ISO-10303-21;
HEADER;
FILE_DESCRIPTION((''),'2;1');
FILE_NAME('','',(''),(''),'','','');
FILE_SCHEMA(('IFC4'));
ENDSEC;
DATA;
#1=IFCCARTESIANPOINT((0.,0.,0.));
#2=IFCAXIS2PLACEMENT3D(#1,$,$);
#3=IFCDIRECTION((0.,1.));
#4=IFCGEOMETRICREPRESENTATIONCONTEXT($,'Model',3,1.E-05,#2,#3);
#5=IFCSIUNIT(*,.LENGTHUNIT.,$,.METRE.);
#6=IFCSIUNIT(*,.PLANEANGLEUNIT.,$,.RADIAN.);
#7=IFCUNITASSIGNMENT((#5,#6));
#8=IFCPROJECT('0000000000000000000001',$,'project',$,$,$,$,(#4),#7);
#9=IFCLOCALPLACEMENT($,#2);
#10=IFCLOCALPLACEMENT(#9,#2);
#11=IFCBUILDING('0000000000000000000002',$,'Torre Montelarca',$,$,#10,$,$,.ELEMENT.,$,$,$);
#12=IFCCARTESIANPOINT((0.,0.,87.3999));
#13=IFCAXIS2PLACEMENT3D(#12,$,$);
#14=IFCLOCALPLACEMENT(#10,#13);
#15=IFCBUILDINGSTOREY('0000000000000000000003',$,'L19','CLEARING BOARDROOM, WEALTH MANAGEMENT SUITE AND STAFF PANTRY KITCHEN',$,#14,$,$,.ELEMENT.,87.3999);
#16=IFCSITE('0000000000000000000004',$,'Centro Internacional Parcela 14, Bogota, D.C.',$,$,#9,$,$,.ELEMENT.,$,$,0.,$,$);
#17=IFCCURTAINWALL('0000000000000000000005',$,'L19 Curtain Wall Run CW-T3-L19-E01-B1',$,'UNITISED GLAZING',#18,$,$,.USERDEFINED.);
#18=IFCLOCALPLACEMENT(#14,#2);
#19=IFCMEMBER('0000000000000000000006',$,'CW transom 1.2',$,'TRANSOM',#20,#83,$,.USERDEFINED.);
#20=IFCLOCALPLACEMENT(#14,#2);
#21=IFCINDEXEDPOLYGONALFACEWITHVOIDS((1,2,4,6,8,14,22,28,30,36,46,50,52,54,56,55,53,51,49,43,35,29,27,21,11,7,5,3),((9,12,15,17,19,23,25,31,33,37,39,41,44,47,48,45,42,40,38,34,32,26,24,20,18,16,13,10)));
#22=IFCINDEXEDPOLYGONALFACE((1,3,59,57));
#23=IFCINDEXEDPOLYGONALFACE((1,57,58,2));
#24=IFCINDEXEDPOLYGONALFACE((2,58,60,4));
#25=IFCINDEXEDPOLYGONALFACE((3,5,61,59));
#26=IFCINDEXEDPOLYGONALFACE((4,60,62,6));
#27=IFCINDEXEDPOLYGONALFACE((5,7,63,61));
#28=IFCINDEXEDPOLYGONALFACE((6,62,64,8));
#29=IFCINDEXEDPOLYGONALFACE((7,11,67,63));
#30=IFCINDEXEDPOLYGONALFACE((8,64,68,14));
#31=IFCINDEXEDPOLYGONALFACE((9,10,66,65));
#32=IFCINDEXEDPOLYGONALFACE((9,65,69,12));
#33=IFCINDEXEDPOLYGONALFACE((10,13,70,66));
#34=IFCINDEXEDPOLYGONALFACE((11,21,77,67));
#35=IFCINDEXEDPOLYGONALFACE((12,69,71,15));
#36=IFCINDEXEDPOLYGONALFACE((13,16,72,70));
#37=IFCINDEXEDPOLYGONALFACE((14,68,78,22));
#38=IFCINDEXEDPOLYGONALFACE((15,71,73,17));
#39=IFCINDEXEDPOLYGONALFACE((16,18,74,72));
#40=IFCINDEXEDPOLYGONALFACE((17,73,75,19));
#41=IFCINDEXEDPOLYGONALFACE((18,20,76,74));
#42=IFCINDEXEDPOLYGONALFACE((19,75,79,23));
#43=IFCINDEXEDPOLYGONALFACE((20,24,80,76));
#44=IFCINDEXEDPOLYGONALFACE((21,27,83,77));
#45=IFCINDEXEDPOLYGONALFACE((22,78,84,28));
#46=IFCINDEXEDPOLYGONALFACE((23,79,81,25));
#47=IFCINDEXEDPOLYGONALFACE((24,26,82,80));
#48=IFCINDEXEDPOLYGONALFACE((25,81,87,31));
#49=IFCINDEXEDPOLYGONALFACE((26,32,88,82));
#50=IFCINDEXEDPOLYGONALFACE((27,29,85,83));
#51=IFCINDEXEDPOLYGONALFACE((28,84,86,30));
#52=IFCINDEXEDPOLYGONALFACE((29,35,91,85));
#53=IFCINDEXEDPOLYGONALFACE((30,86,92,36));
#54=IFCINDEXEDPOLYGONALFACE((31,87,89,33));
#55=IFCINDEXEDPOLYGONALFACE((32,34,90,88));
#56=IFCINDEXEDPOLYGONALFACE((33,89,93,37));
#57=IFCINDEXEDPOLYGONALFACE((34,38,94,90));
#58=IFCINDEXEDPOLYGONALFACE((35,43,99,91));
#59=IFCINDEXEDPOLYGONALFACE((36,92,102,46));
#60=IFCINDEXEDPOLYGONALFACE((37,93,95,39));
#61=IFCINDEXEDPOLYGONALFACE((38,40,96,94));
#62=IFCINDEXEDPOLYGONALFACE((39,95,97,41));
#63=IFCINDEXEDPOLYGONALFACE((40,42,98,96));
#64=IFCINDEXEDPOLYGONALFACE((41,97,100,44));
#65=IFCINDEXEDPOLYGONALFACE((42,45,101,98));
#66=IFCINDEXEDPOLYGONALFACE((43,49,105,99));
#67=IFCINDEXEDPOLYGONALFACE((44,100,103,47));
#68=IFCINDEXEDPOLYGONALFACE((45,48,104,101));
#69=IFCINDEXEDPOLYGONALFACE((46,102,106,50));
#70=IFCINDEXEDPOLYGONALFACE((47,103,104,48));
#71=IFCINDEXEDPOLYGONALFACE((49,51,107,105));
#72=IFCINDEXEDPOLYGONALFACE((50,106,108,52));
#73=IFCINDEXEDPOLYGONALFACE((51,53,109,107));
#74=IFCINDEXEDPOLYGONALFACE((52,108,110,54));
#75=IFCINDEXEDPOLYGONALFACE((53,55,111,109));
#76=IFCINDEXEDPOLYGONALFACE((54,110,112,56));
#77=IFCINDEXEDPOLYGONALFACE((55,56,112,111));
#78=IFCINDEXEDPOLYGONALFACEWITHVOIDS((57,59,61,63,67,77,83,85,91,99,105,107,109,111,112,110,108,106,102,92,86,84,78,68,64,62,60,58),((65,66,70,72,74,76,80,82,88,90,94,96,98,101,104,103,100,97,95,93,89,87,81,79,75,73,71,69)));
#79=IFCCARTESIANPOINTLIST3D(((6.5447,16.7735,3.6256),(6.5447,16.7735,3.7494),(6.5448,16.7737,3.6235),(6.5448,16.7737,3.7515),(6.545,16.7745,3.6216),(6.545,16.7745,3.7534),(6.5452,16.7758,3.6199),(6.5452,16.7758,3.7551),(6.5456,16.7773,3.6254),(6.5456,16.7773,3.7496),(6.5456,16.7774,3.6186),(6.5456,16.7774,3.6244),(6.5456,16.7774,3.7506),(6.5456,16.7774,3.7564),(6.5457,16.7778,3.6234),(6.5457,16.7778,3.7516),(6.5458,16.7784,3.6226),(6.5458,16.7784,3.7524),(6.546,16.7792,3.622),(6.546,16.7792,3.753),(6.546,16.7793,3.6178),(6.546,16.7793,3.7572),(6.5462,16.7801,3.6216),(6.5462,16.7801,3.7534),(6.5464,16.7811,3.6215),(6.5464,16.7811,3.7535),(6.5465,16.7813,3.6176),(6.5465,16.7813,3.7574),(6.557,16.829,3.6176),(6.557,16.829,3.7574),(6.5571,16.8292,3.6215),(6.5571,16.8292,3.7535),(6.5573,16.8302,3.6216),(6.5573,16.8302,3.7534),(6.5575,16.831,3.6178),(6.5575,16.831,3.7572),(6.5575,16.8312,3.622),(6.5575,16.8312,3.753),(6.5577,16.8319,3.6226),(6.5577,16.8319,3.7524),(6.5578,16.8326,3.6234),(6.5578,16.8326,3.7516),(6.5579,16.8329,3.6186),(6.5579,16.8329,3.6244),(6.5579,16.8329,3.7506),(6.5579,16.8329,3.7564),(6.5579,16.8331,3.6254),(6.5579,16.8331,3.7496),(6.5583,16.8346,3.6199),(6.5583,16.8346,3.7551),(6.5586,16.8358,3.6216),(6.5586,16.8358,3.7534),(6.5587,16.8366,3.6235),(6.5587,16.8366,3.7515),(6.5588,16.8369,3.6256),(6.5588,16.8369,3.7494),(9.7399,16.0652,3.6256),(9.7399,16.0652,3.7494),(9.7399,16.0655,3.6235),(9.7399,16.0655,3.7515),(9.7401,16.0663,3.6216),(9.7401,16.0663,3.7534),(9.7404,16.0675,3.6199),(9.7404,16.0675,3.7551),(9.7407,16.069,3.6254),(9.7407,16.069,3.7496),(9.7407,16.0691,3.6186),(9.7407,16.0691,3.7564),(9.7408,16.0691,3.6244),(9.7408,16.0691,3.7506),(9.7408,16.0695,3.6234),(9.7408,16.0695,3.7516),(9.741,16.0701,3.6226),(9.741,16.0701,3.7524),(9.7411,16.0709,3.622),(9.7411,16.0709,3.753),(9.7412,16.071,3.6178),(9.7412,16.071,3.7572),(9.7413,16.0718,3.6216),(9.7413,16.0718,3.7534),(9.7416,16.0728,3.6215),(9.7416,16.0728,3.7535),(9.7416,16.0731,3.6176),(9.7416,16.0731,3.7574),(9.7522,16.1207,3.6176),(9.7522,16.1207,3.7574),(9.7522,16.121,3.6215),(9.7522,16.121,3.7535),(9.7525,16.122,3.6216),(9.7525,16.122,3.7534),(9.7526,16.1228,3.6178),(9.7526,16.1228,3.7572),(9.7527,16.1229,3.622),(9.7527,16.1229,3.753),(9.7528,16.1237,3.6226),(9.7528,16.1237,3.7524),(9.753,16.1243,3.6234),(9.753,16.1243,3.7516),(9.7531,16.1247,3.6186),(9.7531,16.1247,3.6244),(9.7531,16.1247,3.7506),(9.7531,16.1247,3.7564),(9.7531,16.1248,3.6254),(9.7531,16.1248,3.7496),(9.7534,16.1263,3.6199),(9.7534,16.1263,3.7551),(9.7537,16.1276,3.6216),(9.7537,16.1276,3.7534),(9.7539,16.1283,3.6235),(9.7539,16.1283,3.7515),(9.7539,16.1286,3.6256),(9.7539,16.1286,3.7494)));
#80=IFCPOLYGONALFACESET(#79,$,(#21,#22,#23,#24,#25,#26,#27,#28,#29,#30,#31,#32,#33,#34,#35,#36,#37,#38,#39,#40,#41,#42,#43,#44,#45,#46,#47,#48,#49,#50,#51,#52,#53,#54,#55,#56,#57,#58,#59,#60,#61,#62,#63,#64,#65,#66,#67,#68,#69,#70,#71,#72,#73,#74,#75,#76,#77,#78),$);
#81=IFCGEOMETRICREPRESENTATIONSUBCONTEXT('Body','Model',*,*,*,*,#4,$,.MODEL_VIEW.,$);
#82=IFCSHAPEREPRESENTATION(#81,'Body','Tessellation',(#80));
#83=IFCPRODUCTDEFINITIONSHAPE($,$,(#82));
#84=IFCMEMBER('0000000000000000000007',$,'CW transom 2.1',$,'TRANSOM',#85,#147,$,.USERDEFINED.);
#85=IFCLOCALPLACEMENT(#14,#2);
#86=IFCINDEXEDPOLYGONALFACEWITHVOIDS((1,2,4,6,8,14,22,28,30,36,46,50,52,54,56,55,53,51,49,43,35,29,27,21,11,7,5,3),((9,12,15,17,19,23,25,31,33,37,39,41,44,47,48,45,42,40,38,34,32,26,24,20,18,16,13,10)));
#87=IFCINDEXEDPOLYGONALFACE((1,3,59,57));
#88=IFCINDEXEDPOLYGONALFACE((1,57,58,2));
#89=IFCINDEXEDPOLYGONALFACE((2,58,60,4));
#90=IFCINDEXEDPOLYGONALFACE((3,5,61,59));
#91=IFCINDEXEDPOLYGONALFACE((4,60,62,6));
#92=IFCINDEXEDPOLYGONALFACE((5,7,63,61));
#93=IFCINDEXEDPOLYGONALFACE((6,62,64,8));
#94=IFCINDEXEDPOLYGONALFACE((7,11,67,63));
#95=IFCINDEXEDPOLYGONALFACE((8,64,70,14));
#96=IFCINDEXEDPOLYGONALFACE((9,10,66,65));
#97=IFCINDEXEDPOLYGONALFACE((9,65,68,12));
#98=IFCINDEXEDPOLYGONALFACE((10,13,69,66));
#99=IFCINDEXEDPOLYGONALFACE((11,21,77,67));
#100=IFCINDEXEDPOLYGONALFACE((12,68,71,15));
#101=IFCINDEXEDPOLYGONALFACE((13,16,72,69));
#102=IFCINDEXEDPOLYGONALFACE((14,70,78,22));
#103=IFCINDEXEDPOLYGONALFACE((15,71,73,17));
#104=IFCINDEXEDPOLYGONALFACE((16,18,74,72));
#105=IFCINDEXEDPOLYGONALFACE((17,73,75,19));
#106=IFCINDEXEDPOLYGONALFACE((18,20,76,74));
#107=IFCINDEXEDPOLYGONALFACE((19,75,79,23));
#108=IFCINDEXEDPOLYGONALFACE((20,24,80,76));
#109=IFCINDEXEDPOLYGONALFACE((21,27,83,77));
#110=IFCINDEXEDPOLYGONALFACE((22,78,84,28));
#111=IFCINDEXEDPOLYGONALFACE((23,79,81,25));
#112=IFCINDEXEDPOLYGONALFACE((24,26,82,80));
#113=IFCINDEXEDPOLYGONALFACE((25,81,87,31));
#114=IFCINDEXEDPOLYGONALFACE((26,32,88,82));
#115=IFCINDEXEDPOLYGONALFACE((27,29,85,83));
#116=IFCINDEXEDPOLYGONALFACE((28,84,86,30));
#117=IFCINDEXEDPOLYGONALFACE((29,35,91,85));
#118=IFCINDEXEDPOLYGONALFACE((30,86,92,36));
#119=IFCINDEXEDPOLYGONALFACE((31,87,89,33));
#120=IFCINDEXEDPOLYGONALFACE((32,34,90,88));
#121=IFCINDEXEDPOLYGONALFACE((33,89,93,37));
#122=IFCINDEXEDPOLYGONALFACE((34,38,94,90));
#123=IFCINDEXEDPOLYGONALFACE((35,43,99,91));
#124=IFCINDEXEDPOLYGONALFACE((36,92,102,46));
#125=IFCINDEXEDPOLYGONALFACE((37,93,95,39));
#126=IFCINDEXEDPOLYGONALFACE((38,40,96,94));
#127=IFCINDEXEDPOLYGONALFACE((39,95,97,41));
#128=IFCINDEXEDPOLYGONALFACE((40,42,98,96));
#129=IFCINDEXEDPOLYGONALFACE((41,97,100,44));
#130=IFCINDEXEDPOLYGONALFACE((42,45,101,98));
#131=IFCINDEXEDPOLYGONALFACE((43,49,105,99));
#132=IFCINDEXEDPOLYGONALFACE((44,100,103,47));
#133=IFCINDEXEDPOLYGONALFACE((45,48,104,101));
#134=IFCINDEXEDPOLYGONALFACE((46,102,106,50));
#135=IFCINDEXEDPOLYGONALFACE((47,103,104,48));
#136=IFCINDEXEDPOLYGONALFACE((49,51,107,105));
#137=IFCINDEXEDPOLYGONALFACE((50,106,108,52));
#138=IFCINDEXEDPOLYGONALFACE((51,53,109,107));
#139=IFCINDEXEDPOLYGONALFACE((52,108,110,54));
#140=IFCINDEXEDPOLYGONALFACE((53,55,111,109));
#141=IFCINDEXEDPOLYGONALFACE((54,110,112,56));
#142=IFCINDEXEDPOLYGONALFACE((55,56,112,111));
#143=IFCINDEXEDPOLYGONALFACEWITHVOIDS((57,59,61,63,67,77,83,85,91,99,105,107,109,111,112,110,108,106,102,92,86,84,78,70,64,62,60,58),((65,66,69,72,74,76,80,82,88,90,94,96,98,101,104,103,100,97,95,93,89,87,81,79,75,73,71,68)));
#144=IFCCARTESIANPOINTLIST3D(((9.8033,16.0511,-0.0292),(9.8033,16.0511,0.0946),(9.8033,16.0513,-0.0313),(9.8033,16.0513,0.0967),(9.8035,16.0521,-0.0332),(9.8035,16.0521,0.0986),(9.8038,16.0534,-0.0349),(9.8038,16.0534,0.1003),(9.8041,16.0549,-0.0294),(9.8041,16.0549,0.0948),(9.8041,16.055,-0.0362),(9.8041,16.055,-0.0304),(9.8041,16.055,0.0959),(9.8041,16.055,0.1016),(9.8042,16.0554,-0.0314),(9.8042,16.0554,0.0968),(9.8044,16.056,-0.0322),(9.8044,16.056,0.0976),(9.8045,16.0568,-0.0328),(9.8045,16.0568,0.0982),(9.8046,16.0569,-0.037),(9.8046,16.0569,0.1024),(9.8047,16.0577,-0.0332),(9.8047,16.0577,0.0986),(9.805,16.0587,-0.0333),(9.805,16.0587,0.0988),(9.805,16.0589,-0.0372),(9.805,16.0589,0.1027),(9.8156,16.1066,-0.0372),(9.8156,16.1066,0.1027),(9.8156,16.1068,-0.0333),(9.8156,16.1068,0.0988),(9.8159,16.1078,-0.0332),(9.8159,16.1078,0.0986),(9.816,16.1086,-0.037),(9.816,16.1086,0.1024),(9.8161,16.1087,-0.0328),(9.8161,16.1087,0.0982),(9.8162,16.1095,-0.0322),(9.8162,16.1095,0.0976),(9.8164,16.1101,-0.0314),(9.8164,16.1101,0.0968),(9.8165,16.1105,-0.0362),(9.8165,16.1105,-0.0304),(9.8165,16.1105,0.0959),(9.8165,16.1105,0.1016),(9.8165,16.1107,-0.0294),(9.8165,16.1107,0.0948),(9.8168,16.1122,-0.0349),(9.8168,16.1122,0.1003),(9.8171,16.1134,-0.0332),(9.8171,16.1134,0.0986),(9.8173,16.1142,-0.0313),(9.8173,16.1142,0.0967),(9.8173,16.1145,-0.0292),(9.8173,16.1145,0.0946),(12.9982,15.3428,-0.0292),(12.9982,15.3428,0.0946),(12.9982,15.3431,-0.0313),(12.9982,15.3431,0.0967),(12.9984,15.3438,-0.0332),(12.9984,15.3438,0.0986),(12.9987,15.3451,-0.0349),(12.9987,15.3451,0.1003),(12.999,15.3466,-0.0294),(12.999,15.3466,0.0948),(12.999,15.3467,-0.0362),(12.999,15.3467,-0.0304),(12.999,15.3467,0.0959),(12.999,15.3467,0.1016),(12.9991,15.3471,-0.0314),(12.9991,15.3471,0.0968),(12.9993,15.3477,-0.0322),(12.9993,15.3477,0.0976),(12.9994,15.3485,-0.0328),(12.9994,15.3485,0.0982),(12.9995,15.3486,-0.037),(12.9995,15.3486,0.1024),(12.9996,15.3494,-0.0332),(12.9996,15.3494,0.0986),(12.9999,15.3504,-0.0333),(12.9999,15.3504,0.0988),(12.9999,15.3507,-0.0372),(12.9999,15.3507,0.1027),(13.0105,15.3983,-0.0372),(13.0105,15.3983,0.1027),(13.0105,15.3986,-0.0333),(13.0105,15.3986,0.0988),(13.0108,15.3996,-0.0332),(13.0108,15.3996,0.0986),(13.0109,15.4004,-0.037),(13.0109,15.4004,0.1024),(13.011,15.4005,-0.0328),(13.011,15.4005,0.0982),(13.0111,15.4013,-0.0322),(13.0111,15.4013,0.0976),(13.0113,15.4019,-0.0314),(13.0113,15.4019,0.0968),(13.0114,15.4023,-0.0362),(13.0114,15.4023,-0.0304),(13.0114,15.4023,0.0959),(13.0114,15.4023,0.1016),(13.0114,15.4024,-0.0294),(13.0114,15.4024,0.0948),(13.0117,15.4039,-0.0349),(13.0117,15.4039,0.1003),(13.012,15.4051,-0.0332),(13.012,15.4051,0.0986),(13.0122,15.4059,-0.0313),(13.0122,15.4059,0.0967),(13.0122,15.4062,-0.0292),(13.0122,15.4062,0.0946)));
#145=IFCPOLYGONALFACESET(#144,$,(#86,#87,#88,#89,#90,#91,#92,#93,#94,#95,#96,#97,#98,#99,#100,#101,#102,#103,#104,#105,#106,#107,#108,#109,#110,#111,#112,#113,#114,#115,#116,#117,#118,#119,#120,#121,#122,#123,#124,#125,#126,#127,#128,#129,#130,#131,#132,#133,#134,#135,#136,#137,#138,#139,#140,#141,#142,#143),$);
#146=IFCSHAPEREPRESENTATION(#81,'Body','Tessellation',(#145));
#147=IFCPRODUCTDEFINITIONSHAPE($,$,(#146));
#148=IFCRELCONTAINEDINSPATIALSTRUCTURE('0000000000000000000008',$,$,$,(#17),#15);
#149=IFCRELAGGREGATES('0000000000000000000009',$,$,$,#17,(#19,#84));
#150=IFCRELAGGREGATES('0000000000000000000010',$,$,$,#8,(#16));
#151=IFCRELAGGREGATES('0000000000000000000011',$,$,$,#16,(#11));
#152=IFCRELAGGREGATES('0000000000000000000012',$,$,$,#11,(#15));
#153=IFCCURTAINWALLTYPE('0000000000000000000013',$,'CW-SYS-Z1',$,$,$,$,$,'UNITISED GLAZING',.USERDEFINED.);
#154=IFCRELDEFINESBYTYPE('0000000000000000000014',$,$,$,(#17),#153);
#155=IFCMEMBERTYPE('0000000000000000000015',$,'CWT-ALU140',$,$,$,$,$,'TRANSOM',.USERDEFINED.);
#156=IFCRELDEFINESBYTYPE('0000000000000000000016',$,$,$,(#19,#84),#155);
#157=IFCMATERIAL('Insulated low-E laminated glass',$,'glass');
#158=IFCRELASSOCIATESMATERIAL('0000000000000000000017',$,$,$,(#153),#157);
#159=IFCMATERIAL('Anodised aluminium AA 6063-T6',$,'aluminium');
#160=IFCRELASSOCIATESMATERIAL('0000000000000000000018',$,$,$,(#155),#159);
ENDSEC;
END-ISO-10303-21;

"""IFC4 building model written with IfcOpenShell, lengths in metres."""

from ifc_helpers import new_model, si_unit, direction, frame, origin, origin_2d, place, context, subcontext, project, spatial, hollow_rectangle, extrude, source, transform, mapped, material, material_profile, profile_set, type_object, element, aggregate, save


model = new_model("IFC4")

# Units and contexts
model_context = context("Model", 3, precision=1e-05, world=origin(), true_north=direction((0.0, 1.0)))
body_context = subcontext(model_context, "Body", "Model", "MODEL_VIEW")
ifc_project = project(units=[si_unit("LENGTHUNIT", "METRE"), si_unit("PLANEANGLEUNIT", "RADIAN")], contexts=[model_context])

# Site, building, storey
site_placement = place(None, origin())
site = spatial("IfcSite", under=ifc_project, at=site_placement, Name="Centro Internacional Parcela 14, Bogota, D.C.", CompositionType="ELEMENT", RefElevation=0.0)
building_placement = place(site_placement, origin())
building = spatial("IfcBuilding", under=site, at=building_placement, Name="Torre Montelarca", CompositionType="ELEMENT")
storey_placement = place(building_placement, frame((0.0, 0.0, 87.3999)))
storey = spatial("IfcBuildingStorey", under=building, at=storey_placement, Name="L19", Description="CLEARING BOARDROOM, WEALTH MANAGEMENT SUITE AND STAFF PANTRY KITCHEN", CompositionType="ELEMENT", Elevation=87.3999)

# Curtain wall, members
ifc_material_1 = material(Name="Insulated low-E laminated glass", Category="glass")
curtain_wall_type = type_object("IfcCurtainWallType", Name="CW-SYS-Z1", ElementType="UNITISED GLAZING", PredefinedType="USERDEFINED", material=ifc_material_1)
curtain_wall_1_placement = place(storey_placement, origin())
curtain_wall_1 = element("IfcCurtainWall", 1, at=curtain_wall_1_placement, inside=storey, type_object=curtain_wall_type, Name="L19 Curtain Wall Run CW-T3-L19-E01-B1", ObjectType="UNITISED GLAZING", PredefinedType="USERDEFINED")
ifc_material_2 = material(Name="Anodised aluminium AA 6063-T6", Category="aluminium")
ifc_material_profile_1 = material_profile(ifc_material_2, hollow_rectangle(XDim=0.0649, YDim=0.1399, WallThickness=0.0039, InnerFilletRadius=0.0039, OuterFilletRadius=0.0081, at=origin_2d()), Name="ALU65X140X4", Category="aluminium")
ifc_profile_set_1 = profile_set([ifc_material_profile_1], Name="Anodised aluminium AA 6063-T6")
member_type_1 = type_object("IfcMemberType", Name="CWT-ALU140", ElementType="TRANSOM", PredefinedType="USERDEFINED", material=ifc_profile_set_1)
shared_shape_1 = source(origin(), body_context, "Body", "SweptSolid", [
    extrude(hollow_rectangle(XDim=0.0649, YDim=0.1399, WallThickness=0.0039, InnerFilletRadius=0.0039, OuterFilletRadius=0.0081, at=origin_2d()), origin(), (0.0, 0.0, 1.0), 3.2727),
])
member_1_placement = place(storey_placement, frame((6.5518, 16.8052, 3.6875), z_axis=(0.976301, -0.216417, 0.0), x_axis=(0.216417, 0.976301, 0.0)))
member_1 = element("IfcMember", 2, at=member_1_placement, type_object=member_type_1, Name="CW transom 1.2", ObjectType="TRANSOM", PredefinedType="USERDEFINED", context=body_context, shape_type="MappedRepresentation", body=[
    mapped(shared_shape_1, transform((0.0, 0.0, 0.0), scale=1.0)),
])
shared_shape_2 = source(origin(), body_context, "Body", "SweptSolid", [
    extrude(hollow_rectangle(XDim=0.0649, YDim=0.1399, WallThickness=0.0039, InnerFilletRadius=0.0039, OuterFilletRadius=0.0081, at=origin_2d()), origin(), (0.0, 0.0, 1.0), 3.2725),
])
member_2_placement = place(storey_placement, frame((9.8103, 16.0828, 0.0327), z_axis=(0.976298, -0.216433, 0.0), x_axis=(0.216433, 0.976298, 0.0)))
member_2 = element("IfcMember", 3, at=member_2_placement, type_object=member_type_1, Name="CW transom 2.1", ObjectType="TRANSOM", PredefinedType="USERDEFINED", context=body_context, shape_type="MappedRepresentation", body=[
    mapped(shared_shape_2, transform((0.0, 0.0, 0.0), scale=1.0)),
])

aggregate(curtain_wall_1, [member_1, member_2])

save(model, "model.ifc")
